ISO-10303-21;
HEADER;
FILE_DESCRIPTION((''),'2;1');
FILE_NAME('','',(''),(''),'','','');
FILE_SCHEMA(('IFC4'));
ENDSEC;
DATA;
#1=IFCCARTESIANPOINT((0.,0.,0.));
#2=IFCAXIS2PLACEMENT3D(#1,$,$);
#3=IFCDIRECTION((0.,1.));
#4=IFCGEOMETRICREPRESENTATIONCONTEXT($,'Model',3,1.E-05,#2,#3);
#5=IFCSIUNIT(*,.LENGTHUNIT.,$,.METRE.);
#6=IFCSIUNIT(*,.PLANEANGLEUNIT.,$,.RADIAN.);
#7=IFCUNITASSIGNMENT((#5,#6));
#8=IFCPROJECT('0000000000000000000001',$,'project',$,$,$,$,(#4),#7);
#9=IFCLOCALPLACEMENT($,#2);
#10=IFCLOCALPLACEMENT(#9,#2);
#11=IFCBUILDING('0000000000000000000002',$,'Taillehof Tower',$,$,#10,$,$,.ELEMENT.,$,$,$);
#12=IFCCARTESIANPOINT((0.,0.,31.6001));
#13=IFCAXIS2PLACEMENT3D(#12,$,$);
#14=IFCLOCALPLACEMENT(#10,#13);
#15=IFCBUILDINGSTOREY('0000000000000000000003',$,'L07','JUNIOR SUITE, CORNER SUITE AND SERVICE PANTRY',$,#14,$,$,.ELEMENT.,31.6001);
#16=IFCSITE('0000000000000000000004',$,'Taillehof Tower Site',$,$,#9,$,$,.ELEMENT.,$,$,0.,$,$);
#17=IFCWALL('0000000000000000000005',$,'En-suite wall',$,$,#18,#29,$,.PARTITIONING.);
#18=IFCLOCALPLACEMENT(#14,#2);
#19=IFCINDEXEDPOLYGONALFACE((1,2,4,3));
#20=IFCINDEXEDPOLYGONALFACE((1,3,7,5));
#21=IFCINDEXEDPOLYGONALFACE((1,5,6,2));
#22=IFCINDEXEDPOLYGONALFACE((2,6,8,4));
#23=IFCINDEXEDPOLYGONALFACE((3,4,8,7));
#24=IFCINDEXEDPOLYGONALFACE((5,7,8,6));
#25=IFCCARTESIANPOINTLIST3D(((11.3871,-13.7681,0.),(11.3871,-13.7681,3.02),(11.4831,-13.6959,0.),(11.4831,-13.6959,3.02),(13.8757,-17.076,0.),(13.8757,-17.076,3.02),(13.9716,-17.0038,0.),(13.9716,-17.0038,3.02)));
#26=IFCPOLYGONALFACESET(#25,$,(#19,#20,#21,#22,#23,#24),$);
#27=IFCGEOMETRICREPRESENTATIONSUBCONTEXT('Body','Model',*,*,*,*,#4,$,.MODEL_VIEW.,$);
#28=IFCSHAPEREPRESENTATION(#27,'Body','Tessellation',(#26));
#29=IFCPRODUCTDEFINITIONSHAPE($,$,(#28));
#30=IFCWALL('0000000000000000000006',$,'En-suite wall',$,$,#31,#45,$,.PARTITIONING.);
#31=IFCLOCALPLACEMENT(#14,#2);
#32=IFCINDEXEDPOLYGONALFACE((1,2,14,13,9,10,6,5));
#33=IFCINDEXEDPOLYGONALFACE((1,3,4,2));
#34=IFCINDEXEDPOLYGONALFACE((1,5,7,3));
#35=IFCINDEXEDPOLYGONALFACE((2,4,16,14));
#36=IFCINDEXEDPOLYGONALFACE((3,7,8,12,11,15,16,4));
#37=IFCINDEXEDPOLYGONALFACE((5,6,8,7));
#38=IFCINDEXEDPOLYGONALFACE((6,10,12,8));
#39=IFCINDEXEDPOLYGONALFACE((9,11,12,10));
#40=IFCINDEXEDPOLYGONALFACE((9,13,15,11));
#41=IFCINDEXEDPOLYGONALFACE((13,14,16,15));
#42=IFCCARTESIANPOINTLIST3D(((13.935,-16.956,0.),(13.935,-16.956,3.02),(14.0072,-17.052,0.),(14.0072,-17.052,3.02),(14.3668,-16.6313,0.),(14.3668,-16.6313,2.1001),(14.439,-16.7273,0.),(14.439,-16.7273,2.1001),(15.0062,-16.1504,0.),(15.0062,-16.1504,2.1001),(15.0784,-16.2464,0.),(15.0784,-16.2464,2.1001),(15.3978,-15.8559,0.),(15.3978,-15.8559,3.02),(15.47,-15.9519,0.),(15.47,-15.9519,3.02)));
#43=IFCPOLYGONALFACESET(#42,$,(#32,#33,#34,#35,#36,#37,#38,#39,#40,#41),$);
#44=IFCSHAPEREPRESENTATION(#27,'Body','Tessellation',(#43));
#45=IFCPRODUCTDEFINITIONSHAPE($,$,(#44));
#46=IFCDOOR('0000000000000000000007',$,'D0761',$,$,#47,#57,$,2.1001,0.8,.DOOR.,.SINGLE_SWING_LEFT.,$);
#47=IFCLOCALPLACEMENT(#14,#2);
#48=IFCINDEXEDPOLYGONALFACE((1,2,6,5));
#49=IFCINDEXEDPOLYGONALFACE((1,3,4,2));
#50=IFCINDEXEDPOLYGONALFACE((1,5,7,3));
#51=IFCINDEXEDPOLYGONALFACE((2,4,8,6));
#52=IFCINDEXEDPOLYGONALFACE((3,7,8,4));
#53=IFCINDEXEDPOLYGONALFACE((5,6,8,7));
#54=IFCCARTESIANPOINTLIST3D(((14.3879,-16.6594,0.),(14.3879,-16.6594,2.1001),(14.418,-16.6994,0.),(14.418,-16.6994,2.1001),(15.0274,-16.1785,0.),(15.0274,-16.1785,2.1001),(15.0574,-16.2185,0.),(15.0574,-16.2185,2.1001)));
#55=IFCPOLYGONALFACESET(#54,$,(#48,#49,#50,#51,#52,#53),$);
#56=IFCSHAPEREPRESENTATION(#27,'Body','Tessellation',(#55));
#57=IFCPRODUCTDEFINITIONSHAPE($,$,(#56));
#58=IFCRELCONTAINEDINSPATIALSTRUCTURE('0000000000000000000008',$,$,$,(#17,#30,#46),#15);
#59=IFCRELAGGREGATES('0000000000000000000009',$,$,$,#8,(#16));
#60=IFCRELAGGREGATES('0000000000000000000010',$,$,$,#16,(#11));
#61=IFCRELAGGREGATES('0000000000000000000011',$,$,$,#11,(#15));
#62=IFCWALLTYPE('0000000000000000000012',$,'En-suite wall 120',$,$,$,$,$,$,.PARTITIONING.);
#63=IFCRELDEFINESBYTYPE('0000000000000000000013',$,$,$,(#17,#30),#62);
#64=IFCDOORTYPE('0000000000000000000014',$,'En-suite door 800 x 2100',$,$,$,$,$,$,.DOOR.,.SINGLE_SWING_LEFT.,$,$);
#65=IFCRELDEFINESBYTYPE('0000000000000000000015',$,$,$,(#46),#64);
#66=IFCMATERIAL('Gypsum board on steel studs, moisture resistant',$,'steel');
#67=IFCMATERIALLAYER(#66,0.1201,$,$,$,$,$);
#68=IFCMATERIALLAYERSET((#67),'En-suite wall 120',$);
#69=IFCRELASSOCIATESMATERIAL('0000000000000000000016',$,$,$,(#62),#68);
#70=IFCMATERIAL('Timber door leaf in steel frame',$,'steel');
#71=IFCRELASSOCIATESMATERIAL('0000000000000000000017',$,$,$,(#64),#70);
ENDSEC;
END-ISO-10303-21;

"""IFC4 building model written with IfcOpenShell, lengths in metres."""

from ifc_helpers import new_model, si_unit, direction, frame, frame_2d, origin, place, context, subcontext, project, spatial, rectangle, extrude, material, layer, layer_set, type_object, element, fill, save


model = new_model("IFC4")

# Units and contexts
model_context = context("Model", 3, precision=1e-05, world=origin(), true_north=direction((0.0, 1.0)))
body_context = subcontext(model_context, "Body", "Model", "MODEL_VIEW")
ifc_project = project(units=[si_unit("LENGTHUNIT", "METRE"), si_unit("PLANEANGLEUNIT", "RADIAN")], contexts=[model_context])

# Site, building, storey
site_placement = place(None, origin())
site = spatial("IfcSite", under=ifc_project, at=site_placement, Name="Taillehof Tower Site", CompositionType="ELEMENT", RefElevation=0.0)
building_placement = place(site_placement, origin())
building = spatial("IfcBuilding", under=site, at=building_placement, Name="Taillehof Tower", CompositionType="ELEMENT")
storey_placement = place(building_placement, frame((0.0, 0.0, 31.6001)))
storey = spatial("IfcBuildingStorey", under=building, at=storey_placement, Name="L07", Description="JUNIOR SUITE, CORNER SUITE AND SERVICE PANTRY", CompositionType="ELEMENT", Elevation=31.6001)

# Wall
ifc_material_1 = material(Name="Gypsum board on steel studs, moisture resistant", Category="steel")
ifc_layer_1 = layer(ifc_material_1, 0.1201)
ifc_layer_set_1 = layer_set([ifc_layer_1], Name="En-suite wall 120")
wall_type_1 = type_object("IfcWallType", Name="En-suite wall 120", PredefinedType="PARTITIONING", material=ifc_layer_set_1)
wall_1_placement = place(storey_placement, frame((11.4351, -13.7319, 0.0), z_axis=(0.0, 0.0, 1.0), x_axis=(0.601179, -0.799114, 0.0)))
element("IfcWall", 1, at=wall_1_placement, inside=storey, type_object=wall_type_1, Name="En-suite wall", PredefinedType="PARTITIONING", context=body_context, shape_type="SweptSolid", body=[
    extrude(rectangle(XDim=4.1394, YDim=0.1201, at=frame_2d((2.0698, 0.0))), origin(), (0.0, 0.0, 1.0), 3.02),
])

# Wall, opening, door
wall_2_placement = place(storey_placement, frame((13.9712, -17.0039, 0.0), z_axis=(0.0, 0.0, 1.0), x_axis=(0.799231, 0.601024, 0.0)))
wall_2 = element("IfcWall", 2, at=wall_2_placement, inside=storey, type_object=wall_type_1, Name="En-suite wall", PredefinedType="PARTITIONING", context=body_context, shape_type="SweptSolid", body=[
    extrude(rectangle(XDim=1.8303, YDim=0.1201, at=frame_2d((0.915, 0.0))), origin(), (0.0, 0.0, 1.0), 3.02),
])
opening_1_placement = place(wall_2_placement, frame((0.5403, 0.0, 0.0)))
opening_1 = element("IfcOpeningElement", 3, at=opening_1_placement, cuts=wall_2, PredefinedType="OPENING", context=body_context, shape_type="SweptSolid", body=[
    extrude(rectangle(XDim=0.8, YDim=2.1001, at=frame_2d((0.3999, 1.05))), frame((0.0, 0.0701, 0.0), z_axis=(0.0, -1.0, 0.0), x_axis=(1.0, 0.0, 0.0)), (0.0, 0.0, 1.0), 0.1401),
])
ifc_material_2 = material(Name="Timber door leaf in steel frame", Category="steel")
door_type_1 = type_object("IfcDoorType", Name="En-suite door 800 x 2100", OperationType="SINGLE_SWING_LEFT", PredefinedType="DOOR", material=ifc_material_2)
door_1_placement = place(opening_1_placement, origin())
door_1 = element("IfcDoor", 4, at=door_1_placement, inside=storey, type_object=door_type_1, Name="D0761", OperationType="SINGLE_SWING_LEFT", OverallHeight=2.1001, OverallWidth=0.8, PredefinedType="DOOR", context=body_context, shape_type="SweptSolid", body=[
    extrude(rectangle(XDim=0.8, YDim=2.1001, at=frame_2d((0.3999, 1.05))), frame((0.0, 0.0249, 0.0), z_axis=(0.0, -1.0, 0.0), x_axis=(1.0, 0.0, 0.0)), (0.0, 0.0, 1.0), 0.05),
])
fill(opening_1, door_1)

save(model, "model.ifc")
